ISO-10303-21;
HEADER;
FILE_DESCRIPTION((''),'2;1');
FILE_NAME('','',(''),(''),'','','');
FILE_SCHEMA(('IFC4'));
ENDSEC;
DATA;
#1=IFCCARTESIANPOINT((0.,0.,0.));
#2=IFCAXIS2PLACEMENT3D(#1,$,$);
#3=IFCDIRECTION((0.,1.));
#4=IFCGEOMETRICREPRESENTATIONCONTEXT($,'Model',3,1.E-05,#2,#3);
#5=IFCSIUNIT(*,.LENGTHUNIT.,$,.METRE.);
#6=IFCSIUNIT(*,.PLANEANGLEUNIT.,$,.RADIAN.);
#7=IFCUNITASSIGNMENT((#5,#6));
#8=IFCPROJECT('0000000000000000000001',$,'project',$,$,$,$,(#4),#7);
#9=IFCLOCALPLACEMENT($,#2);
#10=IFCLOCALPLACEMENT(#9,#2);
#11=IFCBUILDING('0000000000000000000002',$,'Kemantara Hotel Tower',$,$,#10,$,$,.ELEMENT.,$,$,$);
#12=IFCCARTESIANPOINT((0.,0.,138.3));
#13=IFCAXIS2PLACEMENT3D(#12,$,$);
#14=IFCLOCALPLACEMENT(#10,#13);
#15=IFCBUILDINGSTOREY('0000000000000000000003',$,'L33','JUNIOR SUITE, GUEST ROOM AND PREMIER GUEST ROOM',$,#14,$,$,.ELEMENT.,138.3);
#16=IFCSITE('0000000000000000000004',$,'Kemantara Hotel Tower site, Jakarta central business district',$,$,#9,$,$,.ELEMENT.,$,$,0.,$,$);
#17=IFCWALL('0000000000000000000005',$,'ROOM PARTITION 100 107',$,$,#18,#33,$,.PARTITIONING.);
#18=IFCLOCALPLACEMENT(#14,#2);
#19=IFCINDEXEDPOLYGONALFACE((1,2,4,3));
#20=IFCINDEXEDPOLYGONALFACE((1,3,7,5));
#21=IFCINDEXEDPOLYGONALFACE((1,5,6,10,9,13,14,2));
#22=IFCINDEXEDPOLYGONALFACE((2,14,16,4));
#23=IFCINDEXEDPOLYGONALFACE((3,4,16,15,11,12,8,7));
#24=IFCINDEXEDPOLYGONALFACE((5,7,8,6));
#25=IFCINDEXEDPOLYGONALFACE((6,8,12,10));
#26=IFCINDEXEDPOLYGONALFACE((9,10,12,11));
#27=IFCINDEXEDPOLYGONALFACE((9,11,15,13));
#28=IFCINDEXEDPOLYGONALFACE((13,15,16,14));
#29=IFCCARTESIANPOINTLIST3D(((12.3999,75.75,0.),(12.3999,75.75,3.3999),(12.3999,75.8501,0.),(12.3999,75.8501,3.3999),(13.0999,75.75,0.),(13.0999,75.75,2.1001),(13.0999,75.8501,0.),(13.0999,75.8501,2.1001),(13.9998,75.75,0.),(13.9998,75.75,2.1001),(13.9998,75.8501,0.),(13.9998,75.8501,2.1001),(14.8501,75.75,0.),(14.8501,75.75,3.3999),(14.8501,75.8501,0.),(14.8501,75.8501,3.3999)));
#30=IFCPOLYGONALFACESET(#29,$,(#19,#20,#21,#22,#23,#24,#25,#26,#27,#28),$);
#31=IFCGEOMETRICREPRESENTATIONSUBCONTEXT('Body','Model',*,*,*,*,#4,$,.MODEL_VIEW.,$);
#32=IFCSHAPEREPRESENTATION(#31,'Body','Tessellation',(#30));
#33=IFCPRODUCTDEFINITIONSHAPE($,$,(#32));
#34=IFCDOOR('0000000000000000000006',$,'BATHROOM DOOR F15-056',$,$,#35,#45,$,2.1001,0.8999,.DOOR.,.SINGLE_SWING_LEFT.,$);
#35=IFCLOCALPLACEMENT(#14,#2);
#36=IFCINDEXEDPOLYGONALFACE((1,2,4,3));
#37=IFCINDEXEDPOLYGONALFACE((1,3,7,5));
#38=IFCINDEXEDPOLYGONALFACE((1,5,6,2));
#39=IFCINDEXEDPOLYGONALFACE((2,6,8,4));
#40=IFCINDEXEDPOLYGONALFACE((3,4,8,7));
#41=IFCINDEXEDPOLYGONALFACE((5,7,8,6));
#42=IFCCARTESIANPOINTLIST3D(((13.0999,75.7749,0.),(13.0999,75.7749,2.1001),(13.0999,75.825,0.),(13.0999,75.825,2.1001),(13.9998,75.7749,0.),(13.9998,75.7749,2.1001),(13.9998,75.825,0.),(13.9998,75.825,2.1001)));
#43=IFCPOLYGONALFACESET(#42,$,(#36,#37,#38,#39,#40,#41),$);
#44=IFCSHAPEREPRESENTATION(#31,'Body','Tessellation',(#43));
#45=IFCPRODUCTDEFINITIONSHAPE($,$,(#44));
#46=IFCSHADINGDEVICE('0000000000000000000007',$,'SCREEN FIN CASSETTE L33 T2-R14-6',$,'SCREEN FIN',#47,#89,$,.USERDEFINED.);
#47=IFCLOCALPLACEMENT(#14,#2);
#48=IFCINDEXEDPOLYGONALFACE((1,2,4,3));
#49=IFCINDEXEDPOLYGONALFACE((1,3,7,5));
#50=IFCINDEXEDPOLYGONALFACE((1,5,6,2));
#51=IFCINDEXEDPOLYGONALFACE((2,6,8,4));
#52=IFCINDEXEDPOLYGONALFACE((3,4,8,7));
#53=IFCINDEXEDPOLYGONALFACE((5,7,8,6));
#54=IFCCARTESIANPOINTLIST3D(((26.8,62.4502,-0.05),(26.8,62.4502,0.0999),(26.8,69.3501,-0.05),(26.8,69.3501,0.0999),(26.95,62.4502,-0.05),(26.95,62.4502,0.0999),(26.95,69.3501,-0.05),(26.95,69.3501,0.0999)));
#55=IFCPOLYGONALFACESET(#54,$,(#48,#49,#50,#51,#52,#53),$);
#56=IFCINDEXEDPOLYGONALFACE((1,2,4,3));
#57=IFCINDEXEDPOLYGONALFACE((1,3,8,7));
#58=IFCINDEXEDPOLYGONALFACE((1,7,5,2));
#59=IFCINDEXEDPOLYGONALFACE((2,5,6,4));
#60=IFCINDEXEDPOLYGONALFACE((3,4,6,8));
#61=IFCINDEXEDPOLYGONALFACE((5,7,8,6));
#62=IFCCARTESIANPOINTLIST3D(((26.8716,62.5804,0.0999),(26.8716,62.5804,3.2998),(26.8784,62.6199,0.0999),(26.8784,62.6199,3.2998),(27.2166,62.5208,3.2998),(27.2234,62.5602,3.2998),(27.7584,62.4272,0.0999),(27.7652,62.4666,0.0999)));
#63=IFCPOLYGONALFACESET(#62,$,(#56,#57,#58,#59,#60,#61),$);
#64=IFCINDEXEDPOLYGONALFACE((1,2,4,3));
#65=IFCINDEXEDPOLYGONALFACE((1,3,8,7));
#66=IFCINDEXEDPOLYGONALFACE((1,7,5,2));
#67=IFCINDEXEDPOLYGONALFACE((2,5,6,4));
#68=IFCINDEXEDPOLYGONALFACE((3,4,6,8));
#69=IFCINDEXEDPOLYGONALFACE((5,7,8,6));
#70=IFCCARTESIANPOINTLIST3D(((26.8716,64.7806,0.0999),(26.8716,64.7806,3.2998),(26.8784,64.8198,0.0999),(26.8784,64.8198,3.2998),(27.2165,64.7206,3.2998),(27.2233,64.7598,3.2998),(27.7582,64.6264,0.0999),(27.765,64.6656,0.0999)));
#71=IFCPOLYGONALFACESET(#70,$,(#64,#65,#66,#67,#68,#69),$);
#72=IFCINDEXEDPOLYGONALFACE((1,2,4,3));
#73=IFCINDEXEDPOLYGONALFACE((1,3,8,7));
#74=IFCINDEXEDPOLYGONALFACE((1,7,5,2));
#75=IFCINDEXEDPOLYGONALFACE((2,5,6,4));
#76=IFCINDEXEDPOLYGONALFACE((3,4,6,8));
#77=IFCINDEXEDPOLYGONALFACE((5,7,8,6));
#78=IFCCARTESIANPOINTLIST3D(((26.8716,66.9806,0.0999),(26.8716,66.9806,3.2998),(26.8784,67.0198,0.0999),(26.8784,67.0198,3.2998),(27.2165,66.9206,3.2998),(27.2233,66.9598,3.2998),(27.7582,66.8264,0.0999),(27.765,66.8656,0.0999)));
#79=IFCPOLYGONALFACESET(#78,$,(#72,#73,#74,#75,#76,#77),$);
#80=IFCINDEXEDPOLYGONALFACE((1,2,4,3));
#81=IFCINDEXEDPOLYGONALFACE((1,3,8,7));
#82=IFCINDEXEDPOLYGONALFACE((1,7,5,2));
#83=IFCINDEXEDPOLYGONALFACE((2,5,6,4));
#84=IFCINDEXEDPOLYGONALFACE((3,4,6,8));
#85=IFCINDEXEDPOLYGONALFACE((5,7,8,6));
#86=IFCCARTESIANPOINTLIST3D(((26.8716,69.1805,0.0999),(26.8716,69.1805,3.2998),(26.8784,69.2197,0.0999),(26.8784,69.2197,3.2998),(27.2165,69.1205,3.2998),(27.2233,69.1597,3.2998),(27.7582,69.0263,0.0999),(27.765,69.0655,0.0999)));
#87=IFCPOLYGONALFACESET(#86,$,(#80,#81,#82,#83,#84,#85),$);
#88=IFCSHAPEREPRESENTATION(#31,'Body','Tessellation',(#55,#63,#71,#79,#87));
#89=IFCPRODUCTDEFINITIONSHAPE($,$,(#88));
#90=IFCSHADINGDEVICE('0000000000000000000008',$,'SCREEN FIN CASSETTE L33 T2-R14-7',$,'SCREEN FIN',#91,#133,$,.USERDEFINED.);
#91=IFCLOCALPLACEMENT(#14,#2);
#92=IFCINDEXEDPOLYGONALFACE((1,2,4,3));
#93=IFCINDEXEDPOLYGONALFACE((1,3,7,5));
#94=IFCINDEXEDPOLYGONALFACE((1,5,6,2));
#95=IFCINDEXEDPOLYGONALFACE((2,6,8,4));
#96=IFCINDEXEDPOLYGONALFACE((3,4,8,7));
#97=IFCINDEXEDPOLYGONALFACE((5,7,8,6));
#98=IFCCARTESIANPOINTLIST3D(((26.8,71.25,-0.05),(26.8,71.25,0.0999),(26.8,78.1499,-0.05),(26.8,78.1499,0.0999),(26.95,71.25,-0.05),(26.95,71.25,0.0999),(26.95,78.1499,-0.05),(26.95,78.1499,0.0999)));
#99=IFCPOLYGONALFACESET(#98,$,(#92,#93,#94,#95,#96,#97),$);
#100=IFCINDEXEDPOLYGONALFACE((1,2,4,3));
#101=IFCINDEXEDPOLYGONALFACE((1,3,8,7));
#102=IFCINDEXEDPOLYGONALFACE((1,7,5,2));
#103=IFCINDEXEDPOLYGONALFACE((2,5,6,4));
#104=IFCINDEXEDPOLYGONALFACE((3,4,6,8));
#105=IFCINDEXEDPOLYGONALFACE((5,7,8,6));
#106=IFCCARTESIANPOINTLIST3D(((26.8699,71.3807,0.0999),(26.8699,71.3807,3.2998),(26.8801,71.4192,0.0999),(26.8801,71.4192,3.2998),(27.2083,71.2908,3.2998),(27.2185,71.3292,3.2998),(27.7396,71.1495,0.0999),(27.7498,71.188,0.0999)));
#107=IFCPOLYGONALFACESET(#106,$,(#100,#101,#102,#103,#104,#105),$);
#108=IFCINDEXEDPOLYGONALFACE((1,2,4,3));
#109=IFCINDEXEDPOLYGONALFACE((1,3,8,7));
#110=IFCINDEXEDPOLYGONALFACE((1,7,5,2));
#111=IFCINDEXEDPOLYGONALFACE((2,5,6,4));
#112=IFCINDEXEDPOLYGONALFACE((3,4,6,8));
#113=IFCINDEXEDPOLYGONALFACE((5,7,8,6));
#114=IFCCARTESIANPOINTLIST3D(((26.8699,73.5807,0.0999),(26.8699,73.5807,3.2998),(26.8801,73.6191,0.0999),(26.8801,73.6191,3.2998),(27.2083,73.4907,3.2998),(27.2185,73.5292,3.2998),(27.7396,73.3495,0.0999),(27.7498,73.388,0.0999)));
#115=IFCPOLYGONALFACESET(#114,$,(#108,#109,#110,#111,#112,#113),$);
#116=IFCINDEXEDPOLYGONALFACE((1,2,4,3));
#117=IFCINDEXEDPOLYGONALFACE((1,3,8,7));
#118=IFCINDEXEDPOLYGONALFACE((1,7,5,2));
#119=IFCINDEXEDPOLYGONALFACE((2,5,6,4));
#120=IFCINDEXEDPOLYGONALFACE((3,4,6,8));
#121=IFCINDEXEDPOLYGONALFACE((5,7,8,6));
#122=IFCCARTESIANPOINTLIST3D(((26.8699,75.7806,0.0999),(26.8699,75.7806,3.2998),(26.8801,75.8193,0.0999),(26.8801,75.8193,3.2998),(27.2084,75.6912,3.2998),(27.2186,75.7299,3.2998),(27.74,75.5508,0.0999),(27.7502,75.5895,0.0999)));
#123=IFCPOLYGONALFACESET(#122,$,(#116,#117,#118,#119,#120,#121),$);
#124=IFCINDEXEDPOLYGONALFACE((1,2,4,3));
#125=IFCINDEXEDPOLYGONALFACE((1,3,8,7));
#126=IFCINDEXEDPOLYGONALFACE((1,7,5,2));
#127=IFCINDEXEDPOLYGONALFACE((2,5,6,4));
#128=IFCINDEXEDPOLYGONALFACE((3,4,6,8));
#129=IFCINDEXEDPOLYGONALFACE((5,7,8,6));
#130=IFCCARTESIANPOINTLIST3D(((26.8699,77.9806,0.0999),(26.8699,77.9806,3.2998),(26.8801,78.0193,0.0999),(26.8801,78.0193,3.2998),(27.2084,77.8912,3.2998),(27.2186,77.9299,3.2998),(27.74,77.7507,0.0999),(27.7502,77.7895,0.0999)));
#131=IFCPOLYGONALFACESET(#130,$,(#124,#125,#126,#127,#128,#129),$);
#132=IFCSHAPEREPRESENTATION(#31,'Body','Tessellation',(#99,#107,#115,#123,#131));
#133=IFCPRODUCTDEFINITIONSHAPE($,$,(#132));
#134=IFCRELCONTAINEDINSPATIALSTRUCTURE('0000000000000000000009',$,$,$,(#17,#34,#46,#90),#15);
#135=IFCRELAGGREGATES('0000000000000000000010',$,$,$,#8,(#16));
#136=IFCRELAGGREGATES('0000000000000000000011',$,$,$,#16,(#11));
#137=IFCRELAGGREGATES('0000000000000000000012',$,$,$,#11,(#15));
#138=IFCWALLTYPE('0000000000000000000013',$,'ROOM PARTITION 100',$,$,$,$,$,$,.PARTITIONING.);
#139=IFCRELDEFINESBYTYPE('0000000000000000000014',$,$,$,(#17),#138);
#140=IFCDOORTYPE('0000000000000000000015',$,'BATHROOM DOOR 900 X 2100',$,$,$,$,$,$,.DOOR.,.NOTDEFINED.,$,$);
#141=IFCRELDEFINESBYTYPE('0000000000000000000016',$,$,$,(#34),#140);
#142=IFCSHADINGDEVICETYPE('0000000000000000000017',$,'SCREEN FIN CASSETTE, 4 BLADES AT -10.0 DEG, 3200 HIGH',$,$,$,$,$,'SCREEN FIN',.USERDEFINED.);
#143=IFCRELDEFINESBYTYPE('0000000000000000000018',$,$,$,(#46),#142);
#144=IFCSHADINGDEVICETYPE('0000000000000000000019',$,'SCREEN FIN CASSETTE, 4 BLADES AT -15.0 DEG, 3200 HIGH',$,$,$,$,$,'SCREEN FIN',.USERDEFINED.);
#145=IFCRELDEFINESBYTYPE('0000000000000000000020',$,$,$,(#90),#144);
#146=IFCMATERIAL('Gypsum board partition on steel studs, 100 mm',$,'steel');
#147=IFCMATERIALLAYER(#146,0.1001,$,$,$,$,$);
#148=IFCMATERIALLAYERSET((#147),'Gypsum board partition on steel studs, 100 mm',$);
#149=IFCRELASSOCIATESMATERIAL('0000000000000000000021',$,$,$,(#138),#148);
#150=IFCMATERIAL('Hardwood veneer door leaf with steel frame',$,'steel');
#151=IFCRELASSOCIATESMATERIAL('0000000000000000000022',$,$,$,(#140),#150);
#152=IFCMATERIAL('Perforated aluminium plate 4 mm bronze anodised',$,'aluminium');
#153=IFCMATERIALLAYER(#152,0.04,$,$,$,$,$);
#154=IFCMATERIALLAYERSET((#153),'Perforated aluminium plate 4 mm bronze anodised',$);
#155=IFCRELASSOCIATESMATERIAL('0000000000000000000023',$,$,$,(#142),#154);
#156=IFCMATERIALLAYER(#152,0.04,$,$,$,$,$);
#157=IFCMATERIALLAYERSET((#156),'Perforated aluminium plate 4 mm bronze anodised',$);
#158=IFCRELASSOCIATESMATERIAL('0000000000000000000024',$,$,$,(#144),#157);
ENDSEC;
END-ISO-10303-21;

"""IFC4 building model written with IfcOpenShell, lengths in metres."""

from ifc_helpers import new_model, si_unit, direction, frame, frame_2d, origin, origin_2d, place, context, subcontext, project, spatial, polyline, rectangle, outline, extrude, source, transform, mapped, material, layer, layer_set, type_object, element, fill, save


model = new_model("IFC4")

# Units and contexts
model_context = context("Model", 3, precision=1e-05, world=origin(), true_north=direction((0.0, 1.0)))
body_context = subcontext(model_context, "Body", "Model", "MODEL_VIEW")
ifc_project = project(units=[si_unit("LENGTHUNIT", "METRE"), si_unit("PLANEANGLEUNIT", "RADIAN")], contexts=[model_context])

# Site, building, storey
site_placement = place(None, origin())
site = spatial("IfcSite", under=ifc_project, at=site_placement, Name="Kemantara Hotel Tower site, Jakarta central business district", CompositionType="ELEMENT", RefElevation=0.0)
building_placement = place(site_placement, origin())
building = spatial("IfcBuilding", under=site, at=building_placement, Name="Kemantara Hotel Tower", CompositionType="ELEMENT")
storey_placement = place(building_placement, frame((0.0, 0.0, 138.3)))
storey = spatial("IfcBuildingStorey", under=building, at=storey_placement, Name="L33", Description="JUNIOR SUITE, GUEST ROOM AND PREMIER GUEST ROOM", CompositionType="ELEMENT", Elevation=138.3)

# Shared definitions
ifc_material_1 = material(Name="Hardwood veneer door leaf with steel frame", Category="steel")

# Shared definitions
ifc_material_2 = material(Name="Gypsum board partition on steel studs, 100 mm", Category="steel")
ifc_layer_1 = layer(ifc_material_2, 0.1001)
ifc_layer_set_1 = layer_set([ifc_layer_1], Name="Gypsum board partition on steel studs, 100 mm")
wall_type_1 = type_object("IfcWallType", Name="ROOM PARTITION 100", PredefinedType="PARTITIONING", material=ifc_layer_set_1)

# Shared definitions
door_type_1 = type_object("IfcDoorType", Name="BATHROOM DOOR 900 X 2100", OperationType="NOTDEFINED", PredefinedType="DOOR", material=ifc_material_1)

# Wall, opening, door
wall_1_placement = place(storey_placement, frame((12.3999, 75.8, 0.0), z_axis=(0.0, 0.0, 1.0), x_axis=(1.0, 0.0, 0.0)))
wall_1 = element("IfcWall", 1, at=wall_1_placement, inside=storey, type_object=wall_type_1, Name="ROOM PARTITION 100 107", PredefinedType="PARTITIONING", context=body_context, shape_type="SweptSolid", body=[
    extrude(rectangle(XDim=2.4502, YDim=0.1001, at=frame_2d((1.2251, 0.0))), origin(), (0.0, 0.0, 1.0), 3.3999),
])
opening_1_placement = place(wall_1_placement, frame((0.7, 0.0, 0.0)))
opening_1 = element("IfcOpeningElement", 2, at=opening_1_placement, cuts=wall_1, PredefinedType="OPENING", context=body_context, shape_type="SweptSolid", body=[
    extrude(rectangle(XDim=0.8999, YDim=2.1001, at=frame_2d((0.45, 1.05))), frame((0.0, 0.0601, 0.0), z_axis=(0.0, -1.0, 0.0), x_axis=(1.0, 0.0, 0.0)), (0.0, 0.0, 1.0), 0.1201),
])
door_1_placement = place(opening_1_placement, origin())
door_1 = element("IfcDoor", 3, at=door_1_placement, inside=storey, type_object=door_type_1, Name="BATHROOM DOOR F15-056", OperationType="SINGLE_SWING_LEFT", OverallHeight=2.1001, OverallWidth=0.8999, PredefinedType="DOOR", context=body_context, shape_type="SweptSolid", body=[
    extrude(rectangle(XDim=0.8999, YDim=2.1001, at=frame_2d((0.45, 1.05))), frame((0.0, 0.0249, 0.0), z_axis=(0.0, -1.0, 0.0), x_axis=(1.0, 0.0, 0.0)), (0.0, 0.0, 1.0), 0.05),
])
fill(opening_1, door_1)

# Shading devices
ifc_material_3 = material(Name="Perforated aluminium plate 4 mm bronze anodised", Category="aluminium")
ifc_layer_2 = layer(ifc_material_3, 0.04)
ifc_layer_set_2 = layer_set([ifc_layer_2], Name="Perforated aluminium plate 4 mm bronze anodised")
shading_device_type_1 = type_object("IfcShadingDeviceType", Name="SCREEN FIN CASSETTE, 4 BLADES AT -10.0 DEG, 3200 HIGH", ElementType="SCREEN FIN", PredefinedType="USERDEFINED", material=ifc_layer_set_2)
shared_shape_1 = source(origin(), body_context, "Body", "SweptSolid", [
    extrude(rectangle(XDim=6.8999, YDim=0.1499, at=origin_2d()), frame((3.3, -0.075, -0.1499), z_axis=(0.0, 0.0, 1.0), x_axis=(1.0, 0.0, 0.0)), (0.0, 0.0, 1.0), 0.1499),
    extrude(outline(polyline([(0.0, 0.0), (0.8999, 0.0), (0.3501, 3.2), (0.0, 3.2), (0.0, 0.0)])), frame((0.0198, -0.0784, 0.0), z_axis=(-0.98539, 0.170314, 0.0), x_axis=(-0.170314, -0.98539, 0.0)), (0.0, 0.0, 1.0), 0.04),
    extrude(outline(polyline([(0.0, 0.0), (0.8999, 0.0), (0.3501, 3.2), (0.0, 3.2), (0.0, 0.0)])), frame((2.2197, -0.0784, 0.0), z_axis=(-0.985212, 0.171341, 0.0), x_axis=(-0.171341, -0.985212, 0.0)), (0.0, 0.0, 1.0), 0.0398),
    extrude(outline(polyline([(0.0, 0.0), (0.8999, 0.0), (0.3501, 3.2), (0.0, 3.2), (0.0, 0.0)])), frame((4.4197, -0.0784, 0.0), z_axis=(-0.985212, 0.171341, 0.0), x_axis=(-0.171341, -0.985212, 0.0)), (0.0, 0.0, 1.0), 0.0398),
    extrude(outline(polyline([(0.0, 0.0), (0.8999, 0.0), (0.3501, 3.2), (0.0, 3.2), (0.0, 0.0)])), frame((6.6196, -0.0784, 0.0), z_axis=(-0.985212, 0.171341, 0.0), x_axis=(-0.171341, -0.985212, 0.0)), (0.0, 0.0, 1.0), 0.0398),
])
shading_device_1_placement = place(storey_placement, frame((26.8, 62.6001, 0.0999), z_axis=(0.0, 0.0, 1.0), x_axis=(0.0, 1.0, 0.0)))
element("IfcShadingDevice", 4, at=shading_device_1_placement, inside=storey, type_object=shading_device_type_1, Name="SCREEN FIN CASSETTE L33 T2-R14-6", ObjectType="SCREEN FIN", PredefinedType="USERDEFINED", context=body_context, shape_type="MappedRepresentation", body=[
    mapped(shared_shape_1, transform((0.0, 0.0, 0.0))),
])
ifc_layer_3 = layer(ifc_material_3, 0.04)
ifc_layer_set_3 = layer_set([ifc_layer_3], Name="Perforated aluminium plate 4 mm bronze anodised")
shading_device_type_2 = type_object("IfcShadingDeviceType", Name="SCREEN FIN CASSETTE, 4 BLADES AT -15.0 DEG, 3200 HIGH", ElementType="SCREEN FIN", PredefinedType="USERDEFINED", material=ifc_layer_set_3)
shared_shape_2 = source(origin(), body_context, "Body", "SweptSolid", [
    extrude(rectangle(XDim=6.8999, YDim=0.1499, at=origin_2d()), frame((3.3, -0.075, -0.1499), z_axis=(0.0, 0.0, 1.0), x_axis=(1.0, 0.0, 0.0)), (0.0, 0.0, 1.0), 0.1499),
    extrude(outline(polyline([(0.0, 0.0), (0.8999, 0.0), (0.3501, 3.2), (0.0, 3.2), (0.0, 0.0)])), frame((0.0193, -0.0801, 0.0), z_axis=(-0.966438, 0.256901, 0.0), x_axis=(-0.256901, -0.966438, 0.0)), (0.0, 0.0, 1.0), 0.0398),
    extrude(outline(polyline([(0.0, 0.0), (0.8999, 0.0), (0.3501, 3.2), (0.0, 3.2), (0.0, 0.0)])), frame((2.2192, -0.0801, 0.0), z_axis=(-0.966438, 0.256901, 0.0), x_axis=(-0.256901, -0.966438, 0.0)), (0.0, 0.0, 1.0), 0.0398),
    extrude(outline(polyline([(0.0, 0.0), (0.8999, 0.0), (0.3501, 3.2), (0.0, 3.2), (0.0, 0.0)])), frame((4.4194, -0.0801, 0.0), z_axis=(-0.966838, 0.255391, 0.0), x_axis=(-0.255391, -0.966838, 0.0)), (0.0, 0.0, 1.0), 0.04),
    extrude(outline(polyline([(0.0, 0.0), (0.8999, 0.0), (0.3501, 3.2), (0.0, 3.2), (0.0, 0.0)])), frame((6.6194, -0.0801, 0.0), z_axis=(-0.966838, 0.255391, 0.0), x_axis=(-0.255391, -0.966838, 0.0)), (0.0, 0.0, 1.0), 0.04),
])
shading_device_2_placement = place(storey_placement, frame((26.8, 71.3999, 0.0999), z_axis=(0.0, 0.0, 1.0), x_axis=(0.0, 1.0, 0.0)))
element("IfcShadingDevice", 5, at=shading_device_2_placement, inside=storey, type_object=shading_device_type_2, Name="SCREEN FIN CASSETTE L33 T2-R14-7", ObjectType="SCREEN FIN", PredefinedType="USERDEFINED", context=body_context, shape_type="MappedRepresentation", body=[
    mapped(shared_shape_2, transform((0.0, 0.0, 0.0))),
])

save(model, "model.ifc")
